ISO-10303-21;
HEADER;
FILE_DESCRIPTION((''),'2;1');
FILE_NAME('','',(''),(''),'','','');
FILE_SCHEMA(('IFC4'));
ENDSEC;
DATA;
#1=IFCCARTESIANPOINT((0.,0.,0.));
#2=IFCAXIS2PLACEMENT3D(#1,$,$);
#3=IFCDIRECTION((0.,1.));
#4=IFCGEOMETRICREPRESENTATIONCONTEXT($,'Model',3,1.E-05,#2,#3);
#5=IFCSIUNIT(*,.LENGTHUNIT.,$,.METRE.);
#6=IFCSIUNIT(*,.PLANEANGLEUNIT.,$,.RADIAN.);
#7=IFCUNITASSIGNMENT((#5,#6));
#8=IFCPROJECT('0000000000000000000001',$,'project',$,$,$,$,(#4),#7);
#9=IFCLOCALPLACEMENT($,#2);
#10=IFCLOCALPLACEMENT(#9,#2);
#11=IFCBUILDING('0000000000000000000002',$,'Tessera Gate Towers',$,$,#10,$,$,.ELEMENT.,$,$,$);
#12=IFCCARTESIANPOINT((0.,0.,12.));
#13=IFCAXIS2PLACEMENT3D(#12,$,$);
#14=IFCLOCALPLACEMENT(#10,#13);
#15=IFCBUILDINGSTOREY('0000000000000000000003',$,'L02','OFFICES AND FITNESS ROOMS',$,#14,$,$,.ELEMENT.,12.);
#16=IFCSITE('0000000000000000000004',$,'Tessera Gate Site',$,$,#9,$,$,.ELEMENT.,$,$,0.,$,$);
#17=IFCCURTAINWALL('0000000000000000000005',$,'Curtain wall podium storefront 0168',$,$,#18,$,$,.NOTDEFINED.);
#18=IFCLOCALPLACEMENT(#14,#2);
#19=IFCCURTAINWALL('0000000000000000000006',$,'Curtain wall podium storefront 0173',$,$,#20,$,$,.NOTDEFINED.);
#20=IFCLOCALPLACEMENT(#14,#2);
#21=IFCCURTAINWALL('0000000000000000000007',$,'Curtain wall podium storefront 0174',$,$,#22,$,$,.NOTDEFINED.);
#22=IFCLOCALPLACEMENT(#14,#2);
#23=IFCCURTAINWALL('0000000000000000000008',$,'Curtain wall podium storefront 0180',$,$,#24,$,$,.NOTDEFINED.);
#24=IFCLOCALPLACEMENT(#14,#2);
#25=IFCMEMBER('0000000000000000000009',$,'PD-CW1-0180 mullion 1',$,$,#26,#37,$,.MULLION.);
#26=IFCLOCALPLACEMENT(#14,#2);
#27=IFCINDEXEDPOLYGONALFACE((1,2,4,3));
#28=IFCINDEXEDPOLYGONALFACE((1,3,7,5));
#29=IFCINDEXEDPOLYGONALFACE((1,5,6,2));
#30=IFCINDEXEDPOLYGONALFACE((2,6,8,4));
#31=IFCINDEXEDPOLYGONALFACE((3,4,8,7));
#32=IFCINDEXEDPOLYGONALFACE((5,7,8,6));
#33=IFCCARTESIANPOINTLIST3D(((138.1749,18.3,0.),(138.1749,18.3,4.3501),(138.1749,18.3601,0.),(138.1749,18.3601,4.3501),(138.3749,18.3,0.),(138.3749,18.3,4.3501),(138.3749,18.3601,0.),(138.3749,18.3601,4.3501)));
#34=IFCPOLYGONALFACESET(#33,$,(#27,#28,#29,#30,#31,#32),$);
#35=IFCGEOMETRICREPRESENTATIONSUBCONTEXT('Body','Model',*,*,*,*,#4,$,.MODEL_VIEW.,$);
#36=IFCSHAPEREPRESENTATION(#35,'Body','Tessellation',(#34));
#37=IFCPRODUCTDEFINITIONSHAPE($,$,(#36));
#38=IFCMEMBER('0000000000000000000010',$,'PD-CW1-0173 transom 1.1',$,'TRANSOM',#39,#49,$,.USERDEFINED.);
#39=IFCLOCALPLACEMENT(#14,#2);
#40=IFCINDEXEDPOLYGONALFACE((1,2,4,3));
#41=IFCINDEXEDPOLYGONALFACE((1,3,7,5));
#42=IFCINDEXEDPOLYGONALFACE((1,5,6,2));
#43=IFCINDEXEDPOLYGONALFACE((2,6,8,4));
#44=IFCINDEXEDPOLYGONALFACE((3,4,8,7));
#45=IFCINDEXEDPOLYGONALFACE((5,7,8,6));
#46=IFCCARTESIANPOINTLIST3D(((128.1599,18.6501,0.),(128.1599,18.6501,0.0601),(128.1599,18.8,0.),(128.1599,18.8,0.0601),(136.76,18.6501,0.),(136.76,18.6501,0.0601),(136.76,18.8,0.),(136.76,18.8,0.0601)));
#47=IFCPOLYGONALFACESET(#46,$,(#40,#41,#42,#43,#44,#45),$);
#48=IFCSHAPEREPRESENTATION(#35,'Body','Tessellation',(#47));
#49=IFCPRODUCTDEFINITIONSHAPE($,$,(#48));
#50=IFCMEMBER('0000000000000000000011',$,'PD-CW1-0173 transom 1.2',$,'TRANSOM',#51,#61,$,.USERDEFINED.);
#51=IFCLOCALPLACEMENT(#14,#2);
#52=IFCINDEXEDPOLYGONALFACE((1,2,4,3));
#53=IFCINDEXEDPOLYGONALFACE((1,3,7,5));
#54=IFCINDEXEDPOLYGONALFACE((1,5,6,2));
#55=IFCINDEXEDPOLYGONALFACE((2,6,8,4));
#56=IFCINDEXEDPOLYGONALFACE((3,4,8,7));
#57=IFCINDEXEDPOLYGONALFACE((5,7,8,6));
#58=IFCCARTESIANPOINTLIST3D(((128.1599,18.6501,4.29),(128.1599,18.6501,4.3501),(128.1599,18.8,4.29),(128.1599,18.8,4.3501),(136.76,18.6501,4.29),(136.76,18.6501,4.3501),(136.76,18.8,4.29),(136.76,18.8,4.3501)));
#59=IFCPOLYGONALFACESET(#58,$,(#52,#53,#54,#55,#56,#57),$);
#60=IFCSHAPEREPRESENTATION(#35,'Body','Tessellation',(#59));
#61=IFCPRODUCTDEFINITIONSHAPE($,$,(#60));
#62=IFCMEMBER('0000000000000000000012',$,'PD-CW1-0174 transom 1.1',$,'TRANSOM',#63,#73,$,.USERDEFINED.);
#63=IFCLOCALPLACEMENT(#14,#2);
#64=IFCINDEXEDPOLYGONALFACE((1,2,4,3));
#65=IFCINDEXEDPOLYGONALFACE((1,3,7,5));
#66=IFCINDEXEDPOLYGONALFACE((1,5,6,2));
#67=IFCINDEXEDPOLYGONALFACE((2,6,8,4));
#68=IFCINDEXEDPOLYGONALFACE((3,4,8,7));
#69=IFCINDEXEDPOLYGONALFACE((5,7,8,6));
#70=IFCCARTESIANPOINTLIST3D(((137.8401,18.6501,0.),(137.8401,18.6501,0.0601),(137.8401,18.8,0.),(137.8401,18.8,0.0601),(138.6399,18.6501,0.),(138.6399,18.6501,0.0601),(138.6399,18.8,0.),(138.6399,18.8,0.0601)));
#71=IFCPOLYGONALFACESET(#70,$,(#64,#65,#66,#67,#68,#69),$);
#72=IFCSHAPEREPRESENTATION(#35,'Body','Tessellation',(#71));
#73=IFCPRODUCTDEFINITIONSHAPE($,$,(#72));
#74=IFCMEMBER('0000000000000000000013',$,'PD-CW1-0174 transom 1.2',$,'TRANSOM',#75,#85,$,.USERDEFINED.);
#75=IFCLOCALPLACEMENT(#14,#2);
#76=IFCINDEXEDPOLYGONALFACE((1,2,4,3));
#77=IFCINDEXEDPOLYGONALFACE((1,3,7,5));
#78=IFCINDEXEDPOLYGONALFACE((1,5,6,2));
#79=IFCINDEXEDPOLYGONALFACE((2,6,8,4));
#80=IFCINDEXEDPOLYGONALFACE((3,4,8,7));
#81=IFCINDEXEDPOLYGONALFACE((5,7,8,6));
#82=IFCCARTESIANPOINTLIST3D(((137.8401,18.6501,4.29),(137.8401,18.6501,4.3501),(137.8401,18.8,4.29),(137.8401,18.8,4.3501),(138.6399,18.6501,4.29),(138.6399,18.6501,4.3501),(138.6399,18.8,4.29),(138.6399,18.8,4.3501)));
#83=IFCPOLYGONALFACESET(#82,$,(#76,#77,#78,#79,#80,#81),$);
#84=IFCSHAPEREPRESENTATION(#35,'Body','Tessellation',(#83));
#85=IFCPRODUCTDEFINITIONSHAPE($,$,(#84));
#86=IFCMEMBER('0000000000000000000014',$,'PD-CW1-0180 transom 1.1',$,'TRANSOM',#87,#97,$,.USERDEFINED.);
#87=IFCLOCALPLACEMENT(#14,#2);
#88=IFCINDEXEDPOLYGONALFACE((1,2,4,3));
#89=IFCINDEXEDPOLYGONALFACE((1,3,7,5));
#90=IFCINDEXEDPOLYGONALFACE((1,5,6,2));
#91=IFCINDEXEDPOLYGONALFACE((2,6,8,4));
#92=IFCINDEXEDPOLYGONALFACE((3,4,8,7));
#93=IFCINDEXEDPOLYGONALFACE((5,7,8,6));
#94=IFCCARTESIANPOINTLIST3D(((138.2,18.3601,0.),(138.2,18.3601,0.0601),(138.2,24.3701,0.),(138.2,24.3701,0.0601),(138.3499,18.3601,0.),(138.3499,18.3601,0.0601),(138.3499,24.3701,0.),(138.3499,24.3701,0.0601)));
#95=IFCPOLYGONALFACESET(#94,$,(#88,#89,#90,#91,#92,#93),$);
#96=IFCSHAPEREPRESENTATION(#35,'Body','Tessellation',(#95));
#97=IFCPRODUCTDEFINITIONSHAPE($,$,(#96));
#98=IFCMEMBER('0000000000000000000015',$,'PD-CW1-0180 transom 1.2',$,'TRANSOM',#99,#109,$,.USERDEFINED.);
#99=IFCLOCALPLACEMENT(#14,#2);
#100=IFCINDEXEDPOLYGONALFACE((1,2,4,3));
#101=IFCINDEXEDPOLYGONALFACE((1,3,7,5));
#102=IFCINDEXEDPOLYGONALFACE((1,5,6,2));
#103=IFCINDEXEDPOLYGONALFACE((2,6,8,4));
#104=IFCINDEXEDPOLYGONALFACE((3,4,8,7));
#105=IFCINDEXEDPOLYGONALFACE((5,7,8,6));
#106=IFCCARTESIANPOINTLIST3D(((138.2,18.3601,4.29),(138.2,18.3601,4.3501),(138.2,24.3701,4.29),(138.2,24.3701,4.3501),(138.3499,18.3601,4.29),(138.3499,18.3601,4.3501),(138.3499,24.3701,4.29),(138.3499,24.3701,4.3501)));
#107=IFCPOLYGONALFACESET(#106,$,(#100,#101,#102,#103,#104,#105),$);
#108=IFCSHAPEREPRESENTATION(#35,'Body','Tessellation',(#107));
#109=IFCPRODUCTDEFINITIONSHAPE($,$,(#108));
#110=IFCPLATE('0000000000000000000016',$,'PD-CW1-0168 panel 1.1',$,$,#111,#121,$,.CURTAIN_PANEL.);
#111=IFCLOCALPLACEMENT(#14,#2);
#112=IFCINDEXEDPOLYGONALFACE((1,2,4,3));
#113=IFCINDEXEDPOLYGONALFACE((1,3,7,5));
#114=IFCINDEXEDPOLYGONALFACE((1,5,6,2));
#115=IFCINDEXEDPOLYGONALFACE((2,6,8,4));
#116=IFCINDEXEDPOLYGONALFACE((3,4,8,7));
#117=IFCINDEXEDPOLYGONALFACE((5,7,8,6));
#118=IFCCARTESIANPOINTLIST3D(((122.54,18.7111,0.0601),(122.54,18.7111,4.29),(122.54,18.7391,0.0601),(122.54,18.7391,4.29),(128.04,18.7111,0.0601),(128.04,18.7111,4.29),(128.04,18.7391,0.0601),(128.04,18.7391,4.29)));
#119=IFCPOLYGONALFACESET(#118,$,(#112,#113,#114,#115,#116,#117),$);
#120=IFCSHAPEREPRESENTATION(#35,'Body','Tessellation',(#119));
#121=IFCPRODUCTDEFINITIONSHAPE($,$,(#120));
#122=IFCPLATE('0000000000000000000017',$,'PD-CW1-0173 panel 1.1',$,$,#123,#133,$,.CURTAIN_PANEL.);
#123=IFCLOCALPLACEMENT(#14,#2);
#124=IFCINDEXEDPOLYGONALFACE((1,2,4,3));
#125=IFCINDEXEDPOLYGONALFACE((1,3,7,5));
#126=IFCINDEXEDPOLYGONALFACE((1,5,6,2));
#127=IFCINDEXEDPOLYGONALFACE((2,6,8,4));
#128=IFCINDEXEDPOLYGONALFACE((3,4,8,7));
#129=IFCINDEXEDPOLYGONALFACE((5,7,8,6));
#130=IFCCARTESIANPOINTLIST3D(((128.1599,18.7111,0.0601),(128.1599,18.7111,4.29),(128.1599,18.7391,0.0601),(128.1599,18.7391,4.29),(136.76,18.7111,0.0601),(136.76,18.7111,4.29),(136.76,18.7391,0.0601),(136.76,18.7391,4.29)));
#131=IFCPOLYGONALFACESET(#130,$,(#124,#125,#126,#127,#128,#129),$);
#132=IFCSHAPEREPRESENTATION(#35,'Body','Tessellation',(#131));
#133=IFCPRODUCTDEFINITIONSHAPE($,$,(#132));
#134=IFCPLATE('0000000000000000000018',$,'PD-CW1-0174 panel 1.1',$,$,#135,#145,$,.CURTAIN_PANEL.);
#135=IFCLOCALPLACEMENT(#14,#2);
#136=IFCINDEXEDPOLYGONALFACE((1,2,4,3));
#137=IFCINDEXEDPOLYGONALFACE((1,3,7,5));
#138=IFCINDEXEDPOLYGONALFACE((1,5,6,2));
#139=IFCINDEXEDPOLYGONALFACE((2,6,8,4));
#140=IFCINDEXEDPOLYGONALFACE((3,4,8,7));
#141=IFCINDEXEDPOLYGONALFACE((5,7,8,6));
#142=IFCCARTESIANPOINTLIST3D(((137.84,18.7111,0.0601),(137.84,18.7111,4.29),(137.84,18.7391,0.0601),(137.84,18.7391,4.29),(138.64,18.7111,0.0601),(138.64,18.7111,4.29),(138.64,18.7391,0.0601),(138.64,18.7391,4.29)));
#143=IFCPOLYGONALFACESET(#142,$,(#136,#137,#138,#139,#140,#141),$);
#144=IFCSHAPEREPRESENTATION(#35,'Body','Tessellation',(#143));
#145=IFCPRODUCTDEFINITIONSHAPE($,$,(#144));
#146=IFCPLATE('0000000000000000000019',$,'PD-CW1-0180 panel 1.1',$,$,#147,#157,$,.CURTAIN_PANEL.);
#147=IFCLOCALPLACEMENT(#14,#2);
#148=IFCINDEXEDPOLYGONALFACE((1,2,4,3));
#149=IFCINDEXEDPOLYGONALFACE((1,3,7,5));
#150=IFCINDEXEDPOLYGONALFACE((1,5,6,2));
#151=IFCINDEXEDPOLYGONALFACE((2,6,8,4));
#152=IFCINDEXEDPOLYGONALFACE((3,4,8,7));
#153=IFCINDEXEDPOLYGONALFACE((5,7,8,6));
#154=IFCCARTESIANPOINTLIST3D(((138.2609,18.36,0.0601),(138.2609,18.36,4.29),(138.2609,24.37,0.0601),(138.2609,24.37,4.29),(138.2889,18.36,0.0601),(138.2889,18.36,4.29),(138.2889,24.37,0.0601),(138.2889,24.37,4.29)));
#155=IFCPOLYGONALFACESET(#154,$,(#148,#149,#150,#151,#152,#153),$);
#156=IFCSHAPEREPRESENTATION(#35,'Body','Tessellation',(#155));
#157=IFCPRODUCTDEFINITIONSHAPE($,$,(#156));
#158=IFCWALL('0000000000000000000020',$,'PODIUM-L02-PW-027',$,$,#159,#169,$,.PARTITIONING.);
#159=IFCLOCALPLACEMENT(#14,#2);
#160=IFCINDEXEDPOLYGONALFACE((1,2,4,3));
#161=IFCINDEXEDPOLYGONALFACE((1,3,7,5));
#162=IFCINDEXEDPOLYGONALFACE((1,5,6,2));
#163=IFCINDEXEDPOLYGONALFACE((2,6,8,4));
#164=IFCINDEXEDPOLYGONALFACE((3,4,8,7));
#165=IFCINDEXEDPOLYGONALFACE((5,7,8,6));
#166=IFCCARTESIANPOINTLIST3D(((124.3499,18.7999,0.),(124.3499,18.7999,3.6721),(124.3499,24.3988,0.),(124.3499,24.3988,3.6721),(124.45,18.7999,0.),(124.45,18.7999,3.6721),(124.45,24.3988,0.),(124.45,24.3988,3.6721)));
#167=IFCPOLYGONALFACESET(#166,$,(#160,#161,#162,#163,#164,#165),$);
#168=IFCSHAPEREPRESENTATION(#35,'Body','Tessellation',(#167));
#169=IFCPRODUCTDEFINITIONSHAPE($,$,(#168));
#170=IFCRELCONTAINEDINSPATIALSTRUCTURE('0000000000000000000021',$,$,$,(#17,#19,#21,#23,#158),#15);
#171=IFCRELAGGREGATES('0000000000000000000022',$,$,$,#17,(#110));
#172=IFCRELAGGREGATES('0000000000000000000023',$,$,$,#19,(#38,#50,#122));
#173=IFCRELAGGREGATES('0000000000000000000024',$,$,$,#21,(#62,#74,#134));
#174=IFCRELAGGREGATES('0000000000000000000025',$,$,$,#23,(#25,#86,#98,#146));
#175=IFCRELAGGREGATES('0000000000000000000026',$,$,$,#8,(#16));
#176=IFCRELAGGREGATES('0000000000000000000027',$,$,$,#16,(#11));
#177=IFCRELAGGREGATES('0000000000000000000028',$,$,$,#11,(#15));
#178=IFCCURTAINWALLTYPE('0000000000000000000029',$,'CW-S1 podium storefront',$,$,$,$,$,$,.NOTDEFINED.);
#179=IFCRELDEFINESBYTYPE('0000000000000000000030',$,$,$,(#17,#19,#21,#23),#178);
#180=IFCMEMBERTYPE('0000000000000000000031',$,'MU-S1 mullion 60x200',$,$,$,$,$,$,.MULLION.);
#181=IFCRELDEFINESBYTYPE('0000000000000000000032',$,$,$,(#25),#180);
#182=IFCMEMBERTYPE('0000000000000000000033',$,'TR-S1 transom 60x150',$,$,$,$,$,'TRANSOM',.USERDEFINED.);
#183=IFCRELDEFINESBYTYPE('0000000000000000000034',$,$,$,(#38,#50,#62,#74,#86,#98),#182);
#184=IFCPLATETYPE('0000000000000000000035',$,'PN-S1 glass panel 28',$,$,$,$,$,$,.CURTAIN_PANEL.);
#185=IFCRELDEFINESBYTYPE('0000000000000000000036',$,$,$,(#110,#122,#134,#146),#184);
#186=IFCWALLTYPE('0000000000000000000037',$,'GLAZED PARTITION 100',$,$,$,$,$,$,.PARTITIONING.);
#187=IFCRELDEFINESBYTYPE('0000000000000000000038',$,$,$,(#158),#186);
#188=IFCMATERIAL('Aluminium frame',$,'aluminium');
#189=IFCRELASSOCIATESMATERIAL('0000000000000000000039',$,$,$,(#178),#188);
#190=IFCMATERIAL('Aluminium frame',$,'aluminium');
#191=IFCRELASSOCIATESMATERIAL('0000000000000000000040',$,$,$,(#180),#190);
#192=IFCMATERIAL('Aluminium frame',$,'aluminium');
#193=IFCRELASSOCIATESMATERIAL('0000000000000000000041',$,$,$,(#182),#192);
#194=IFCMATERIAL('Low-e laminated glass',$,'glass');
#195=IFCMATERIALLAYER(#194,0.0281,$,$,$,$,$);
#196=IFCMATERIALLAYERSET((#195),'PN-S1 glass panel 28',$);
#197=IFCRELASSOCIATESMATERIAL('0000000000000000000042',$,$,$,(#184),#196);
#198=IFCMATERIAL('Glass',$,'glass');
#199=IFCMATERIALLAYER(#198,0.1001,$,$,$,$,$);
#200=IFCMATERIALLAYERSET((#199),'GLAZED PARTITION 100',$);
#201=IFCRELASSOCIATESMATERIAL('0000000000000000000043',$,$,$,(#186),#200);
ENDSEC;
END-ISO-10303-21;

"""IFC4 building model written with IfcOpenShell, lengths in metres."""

from ifc_helpers import new_model, si_unit, direction, frame, frame_2d, origin, origin_2d, place, context, subcontext, project, spatial, rectangle, extrude, material, layer, layer_set, material_profile, profile_set, type_object, element, aggregate, save


model = new_model("IFC4")

# Units and contexts
model_context = context("Model", 3, precision=1e-05, world=origin(), true_north=direction((0.0, 1.0)))
body_context = subcontext(model_context, "Body", "Model", "MODEL_VIEW")
ifc_project = project(units=[si_unit("LENGTHUNIT", "METRE"), si_unit("PLANEANGLEUNIT", "RADIAN")], contexts=[model_context])

# Site, building, storey
site_placement = place(None, origin())
site = spatial("IfcSite", under=ifc_project, at=site_placement, Name="Tessera Gate Site", CompositionType="ELEMENT", RefElevation=0.0)
building_placement = place(site_placement, origin())
building = spatial("IfcBuilding", under=site, at=building_placement, Name="Tessera Gate Towers", CompositionType="ELEMENT")
storey_placement = place(building_placement, frame((0.0, 0.0, 12.0)))
storey = spatial("IfcBuildingStorey", under=building, at=storey_placement, Name="L02", Description="OFFICES AND FITNESS ROOMS", CompositionType="ELEMENT", Elevation=12.0)

# Curtain wall
ifc_material_1 = material(Name="Aluminium frame", Category="aluminium")
curtain_wall_type = type_object("IfcCurtainWallType", Name="CW-S1 podium storefront", PredefinedType="NOTDEFINED", material=ifc_material_1)
curtain_wall_1_placement = place(storey_placement, origin())
curtain_wall_1 = element("IfcCurtainWall", 1, at=curtain_wall_1_placement, inside=storey, type_object=curtain_wall_type, Name="Curtain wall podium storefront 0168", PredefinedType="NOTDEFINED")
ifc_material_2 = material(Name="Aluminium frame", Category="aluminium")
ifc_material_profile_1 = material_profile(ifc_material_2, rectangle(XDim=0.0601, YDim=0.2, at=origin_2d()), Name="AL 60x200")
ifc_profile_set_1 = profile_set([ifc_material_profile_1], Name="Aluminium frame")
member_type_1 = type_object("IfcMemberType", Name="MU-S1 mullion 60x200", PredefinedType="MULLION", material=ifc_profile_set_1)

# Curtain walls
curtain_wall_2_placement = place(storey_placement, origin())
curtain_wall_2 = element("IfcCurtainWall", 2, at=curtain_wall_2_placement, inside=storey, type_object=curtain_wall_type, Name="Curtain wall podium storefront 0173", PredefinedType="NOTDEFINED")
curtain_wall_3_placement = place(storey_placement, origin())
curtain_wall_3 = element("IfcCurtainWall", 3, at=curtain_wall_3_placement, inside=storey, type_object=curtain_wall_type, Name="Curtain wall podium storefront 0174", PredefinedType="NOTDEFINED")

# Curtain wall, member
curtain_wall_4_placement = place(storey_placement, origin())
curtain_wall_4 = element("IfcCurtainWall", 4, at=curtain_wall_4_placement, inside=storey, type_object=curtain_wall_type, Name="Curtain wall podium storefront 0180", PredefinedType="NOTDEFINED")
member_1_placement = place(storey_placement, frame((138.2749, 18.3301, 0.0), z_axis=(0.0, 0.0, 1.0), x_axis=(0.0, 1.0, 0.0)))
member_1 = element("IfcMember", 5, at=member_1_placement, type_object=member_type_1, Name="PD-CW1-0180 mullion 1", PredefinedType="MULLION", context=body_context, shape_type="SweptSolid", body=[
    extrude(rectangle(XDim=0.0601, YDim=0.2, at=origin_2d()), origin(), (0.0, 0.0, 1.0), 4.3501),
])

# Members
ifc_material_3 = material(Name="Aluminium frame", Category="aluminium")
ifc_material_profile_2 = material_profile(ifc_material_3, rectangle(XDim=0.1499, YDim=0.0601, at=origin_2d()), Name="AL 60x150")
ifc_profile_set_2 = profile_set([ifc_material_profile_2], Name="Aluminium frame")
member_type_2 = type_object("IfcMemberType", Name="TR-S1 transom 60x150", ElementType="TRANSOM", PredefinedType="USERDEFINED", material=ifc_profile_set_2)
member_2_placement = place(storey_placement, frame((128.1599, 18.7251, 0.03), z_axis=(1.0, 0.0, 0.0), x_axis=(0.0, 1.0, 0.0)))
member_2 = element("IfcMember", 6, at=member_2_placement, type_object=member_type_2, Name="PD-CW1-0173 transom 1.1", ObjectType="TRANSOM", PredefinedType="USERDEFINED", context=body_context, shape_type="SweptSolid", body=[
    extrude(rectangle(XDim=0.1499, YDim=0.0601, at=origin_2d()), origin(), (0.0, 0.0, 1.0), 8.6001),
])
member_3_placement = place(storey_placement, frame((128.1599, 18.7251, 4.3201), z_axis=(1.0, 0.0, 0.0), x_axis=(0.0, 1.0, 0.0)))
member_3 = element("IfcMember", 7, at=member_3_placement, type_object=member_type_2, Name="PD-CW1-0173 transom 1.2", ObjectType="TRANSOM", PredefinedType="USERDEFINED", context=body_context, shape_type="SweptSolid", body=[
    extrude(rectangle(XDim=0.1499, YDim=0.0601, at=origin_2d()), origin(), (0.0, 0.0, 1.0), 8.6001),
])
member_4_placement = place(storey_placement, frame((137.8401, 18.7251, 0.03), z_axis=(1.0, 0.0, 0.0), x_axis=(0.0, 1.0, 0.0)))
member_4 = element("IfcMember", 8, at=member_4_placement, type_object=member_type_2, Name="PD-CW1-0174 transom 1.1", ObjectType="TRANSOM", PredefinedType="USERDEFINED", context=body_context, shape_type="SweptSolid", body=[
    extrude(rectangle(XDim=0.1499, YDim=0.0601, at=origin_2d()), origin(), (0.0, 0.0, 1.0), 0.7998),
])
member_5_placement = place(storey_placement, frame((137.8401, 18.7251, 4.3201), z_axis=(1.0, 0.0, 0.0), x_axis=(0.0, 1.0, 0.0)))
member_5 = element("IfcMember", 9, at=member_5_placement, type_object=member_type_2, Name="PD-CW1-0174 transom 1.2", ObjectType="TRANSOM", PredefinedType="USERDEFINED", context=body_context, shape_type="SweptSolid", body=[
    extrude(rectangle(XDim=0.1499, YDim=0.0601, at=origin_2d()), origin(), (0.0, 0.0, 1.0), 0.7998),
])
member_6_placement = place(storey_placement, frame((138.2749, 18.3601, 0.03), z_axis=(0.0, 1.0, 0.0), x_axis=(-1.0, 0.0, 0.0)))
member_6 = element("IfcMember", 10, at=member_6_placement, type_object=member_type_2, Name="PD-CW1-0180 transom 1.1", ObjectType="TRANSOM", PredefinedType="USERDEFINED", context=body_context, shape_type="SweptSolid", body=[
    extrude(rectangle(XDim=0.1499, YDim=0.0601, at=origin_2d()), origin(), (0.0, 0.0, 1.0), 6.01),
])
member_7_placement = place(storey_placement, frame((138.2749, 18.3601, 4.3201), z_axis=(0.0, 1.0, 0.0), x_axis=(-1.0, 0.0, 0.0)))
member_7 = element("IfcMember", 11, at=member_7_placement, type_object=member_type_2, Name="PD-CW1-0180 transom 1.2", ObjectType="TRANSOM", PredefinedType="USERDEFINED", context=body_context, shape_type="SweptSolid", body=[
    extrude(rectangle(XDim=0.1499, YDim=0.0601, at=origin_2d()), origin(), (0.0, 0.0, 1.0), 6.01),
])

# Plates
ifc_material_4 = material(Name="Low-e laminated glass", Category="glass")
ifc_layer_1 = layer(ifc_material_4, 0.0281)
ifc_layer_set_1 = layer_set([ifc_layer_1], Name="PN-S1 glass panel 28")
plate_type = type_object("IfcPlateType", Name="PN-S1 glass panel 28", PredefinedType="CURTAIN_PANEL", material=ifc_layer_set_1)
plate_1_placement = place(storey_placement, frame((125.29, 18.7251, 0.0601), z_axis=(0.0, 0.0, 1.0), x_axis=(1.0, 0.0, 0.0)))
plate_1 = element("IfcPlate", 12, at=plate_1_placement, type_object=plate_type, Name="PD-CW1-0168 panel 1.1", PredefinedType="CURTAIN_PANEL", context=body_context, shape_type="SweptSolid", body=[
    extrude(rectangle(XDim=5.5, YDim=0.0281, at=origin_2d()), origin(), (0.0, 0.0, 1.0), 4.23),
])
aggregate(curtain_wall_1, [plate_1])
plate_2_placement = place(storey_placement, frame((132.46, 18.7251, 0.0601), z_axis=(0.0, 0.0, 1.0), x_axis=(1.0, 0.0, 0.0)))
plate_2 = element("IfcPlate", 13, at=plate_2_placement, type_object=plate_type, Name="PD-CW1-0173 panel 1.1", PredefinedType="CURTAIN_PANEL", context=body_context, shape_type="SweptSolid", body=[
    extrude(rectangle(XDim=8.6001, YDim=0.0281, at=origin_2d()), origin(), (0.0, 0.0, 1.0), 4.23),
])
aggregate(curtain_wall_2, [member_2, member_3, plate_2])
plate_3_placement = place(storey_placement, frame((138.24, 18.7251, 0.0601), z_axis=(0.0, 0.0, 1.0), x_axis=(1.0, 0.0, 0.0)))
plate_3 = element("IfcPlate", 14, at=plate_3_placement, type_object=plate_type, Name="PD-CW1-0174 panel 1.1", PredefinedType="CURTAIN_PANEL", context=body_context, shape_type="SweptSolid", body=[
    extrude(rectangle(XDim=0.8, YDim=0.0281, at=origin_2d()), origin(), (0.0, 0.0, 1.0), 4.23),
])
aggregate(curtain_wall_3, [member_4, member_5, plate_3])
plate_4_placement = place(storey_placement, frame((138.2749, 21.365, 0.0601), z_axis=(0.0, 0.0, 1.0), x_axis=(0.0, 1.0, 0.0)))
plate_4 = element("IfcPlate", 15, at=plate_4_placement, type_object=plate_type, Name="PD-CW1-0180 panel 1.1", PredefinedType="CURTAIN_PANEL", context=body_context, shape_type="SweptSolid", body=[
    extrude(rectangle(XDim=6.01, YDim=0.0281, at=origin_2d()), origin(), (0.0, 0.0, 1.0), 4.23),
])
aggregate(curtain_wall_4, [member_1, member_6, member_7, plate_4])

# Wall
ifc_material_5 = material(Name="Glass", Category="glass")
ifc_layer_2 = layer(ifc_material_5, 0.1001)
ifc_layer_set_2 = layer_set([ifc_layer_2], Name="GLAZED PARTITION 100")
wall_type = type_object("IfcWallType", Name="GLAZED PARTITION 100", PredefinedType="PARTITIONING", material=ifc_layer_set_2)
wall_placement = place(storey_placement, frame((124.3999, 18.8, 0.0), z_axis=(0.0, 0.0, 1.0), x_axis=(0.0, 1.0, 0.0)))
element("IfcWall", 16, at=wall_placement, inside=storey, type_object=wall_type, Name="PODIUM-L02-PW-027", PredefinedType="PARTITIONING", context=body_context, shape_type="SweptSolid", body=[
    extrude(rectangle(XDim=5.5989, YDim=0.1001, at=frame_2d((2.7993, 0.0))), origin(), (0.0, 0.0, 1.0), 3.6721),
])

save(model, "model.ifc")
